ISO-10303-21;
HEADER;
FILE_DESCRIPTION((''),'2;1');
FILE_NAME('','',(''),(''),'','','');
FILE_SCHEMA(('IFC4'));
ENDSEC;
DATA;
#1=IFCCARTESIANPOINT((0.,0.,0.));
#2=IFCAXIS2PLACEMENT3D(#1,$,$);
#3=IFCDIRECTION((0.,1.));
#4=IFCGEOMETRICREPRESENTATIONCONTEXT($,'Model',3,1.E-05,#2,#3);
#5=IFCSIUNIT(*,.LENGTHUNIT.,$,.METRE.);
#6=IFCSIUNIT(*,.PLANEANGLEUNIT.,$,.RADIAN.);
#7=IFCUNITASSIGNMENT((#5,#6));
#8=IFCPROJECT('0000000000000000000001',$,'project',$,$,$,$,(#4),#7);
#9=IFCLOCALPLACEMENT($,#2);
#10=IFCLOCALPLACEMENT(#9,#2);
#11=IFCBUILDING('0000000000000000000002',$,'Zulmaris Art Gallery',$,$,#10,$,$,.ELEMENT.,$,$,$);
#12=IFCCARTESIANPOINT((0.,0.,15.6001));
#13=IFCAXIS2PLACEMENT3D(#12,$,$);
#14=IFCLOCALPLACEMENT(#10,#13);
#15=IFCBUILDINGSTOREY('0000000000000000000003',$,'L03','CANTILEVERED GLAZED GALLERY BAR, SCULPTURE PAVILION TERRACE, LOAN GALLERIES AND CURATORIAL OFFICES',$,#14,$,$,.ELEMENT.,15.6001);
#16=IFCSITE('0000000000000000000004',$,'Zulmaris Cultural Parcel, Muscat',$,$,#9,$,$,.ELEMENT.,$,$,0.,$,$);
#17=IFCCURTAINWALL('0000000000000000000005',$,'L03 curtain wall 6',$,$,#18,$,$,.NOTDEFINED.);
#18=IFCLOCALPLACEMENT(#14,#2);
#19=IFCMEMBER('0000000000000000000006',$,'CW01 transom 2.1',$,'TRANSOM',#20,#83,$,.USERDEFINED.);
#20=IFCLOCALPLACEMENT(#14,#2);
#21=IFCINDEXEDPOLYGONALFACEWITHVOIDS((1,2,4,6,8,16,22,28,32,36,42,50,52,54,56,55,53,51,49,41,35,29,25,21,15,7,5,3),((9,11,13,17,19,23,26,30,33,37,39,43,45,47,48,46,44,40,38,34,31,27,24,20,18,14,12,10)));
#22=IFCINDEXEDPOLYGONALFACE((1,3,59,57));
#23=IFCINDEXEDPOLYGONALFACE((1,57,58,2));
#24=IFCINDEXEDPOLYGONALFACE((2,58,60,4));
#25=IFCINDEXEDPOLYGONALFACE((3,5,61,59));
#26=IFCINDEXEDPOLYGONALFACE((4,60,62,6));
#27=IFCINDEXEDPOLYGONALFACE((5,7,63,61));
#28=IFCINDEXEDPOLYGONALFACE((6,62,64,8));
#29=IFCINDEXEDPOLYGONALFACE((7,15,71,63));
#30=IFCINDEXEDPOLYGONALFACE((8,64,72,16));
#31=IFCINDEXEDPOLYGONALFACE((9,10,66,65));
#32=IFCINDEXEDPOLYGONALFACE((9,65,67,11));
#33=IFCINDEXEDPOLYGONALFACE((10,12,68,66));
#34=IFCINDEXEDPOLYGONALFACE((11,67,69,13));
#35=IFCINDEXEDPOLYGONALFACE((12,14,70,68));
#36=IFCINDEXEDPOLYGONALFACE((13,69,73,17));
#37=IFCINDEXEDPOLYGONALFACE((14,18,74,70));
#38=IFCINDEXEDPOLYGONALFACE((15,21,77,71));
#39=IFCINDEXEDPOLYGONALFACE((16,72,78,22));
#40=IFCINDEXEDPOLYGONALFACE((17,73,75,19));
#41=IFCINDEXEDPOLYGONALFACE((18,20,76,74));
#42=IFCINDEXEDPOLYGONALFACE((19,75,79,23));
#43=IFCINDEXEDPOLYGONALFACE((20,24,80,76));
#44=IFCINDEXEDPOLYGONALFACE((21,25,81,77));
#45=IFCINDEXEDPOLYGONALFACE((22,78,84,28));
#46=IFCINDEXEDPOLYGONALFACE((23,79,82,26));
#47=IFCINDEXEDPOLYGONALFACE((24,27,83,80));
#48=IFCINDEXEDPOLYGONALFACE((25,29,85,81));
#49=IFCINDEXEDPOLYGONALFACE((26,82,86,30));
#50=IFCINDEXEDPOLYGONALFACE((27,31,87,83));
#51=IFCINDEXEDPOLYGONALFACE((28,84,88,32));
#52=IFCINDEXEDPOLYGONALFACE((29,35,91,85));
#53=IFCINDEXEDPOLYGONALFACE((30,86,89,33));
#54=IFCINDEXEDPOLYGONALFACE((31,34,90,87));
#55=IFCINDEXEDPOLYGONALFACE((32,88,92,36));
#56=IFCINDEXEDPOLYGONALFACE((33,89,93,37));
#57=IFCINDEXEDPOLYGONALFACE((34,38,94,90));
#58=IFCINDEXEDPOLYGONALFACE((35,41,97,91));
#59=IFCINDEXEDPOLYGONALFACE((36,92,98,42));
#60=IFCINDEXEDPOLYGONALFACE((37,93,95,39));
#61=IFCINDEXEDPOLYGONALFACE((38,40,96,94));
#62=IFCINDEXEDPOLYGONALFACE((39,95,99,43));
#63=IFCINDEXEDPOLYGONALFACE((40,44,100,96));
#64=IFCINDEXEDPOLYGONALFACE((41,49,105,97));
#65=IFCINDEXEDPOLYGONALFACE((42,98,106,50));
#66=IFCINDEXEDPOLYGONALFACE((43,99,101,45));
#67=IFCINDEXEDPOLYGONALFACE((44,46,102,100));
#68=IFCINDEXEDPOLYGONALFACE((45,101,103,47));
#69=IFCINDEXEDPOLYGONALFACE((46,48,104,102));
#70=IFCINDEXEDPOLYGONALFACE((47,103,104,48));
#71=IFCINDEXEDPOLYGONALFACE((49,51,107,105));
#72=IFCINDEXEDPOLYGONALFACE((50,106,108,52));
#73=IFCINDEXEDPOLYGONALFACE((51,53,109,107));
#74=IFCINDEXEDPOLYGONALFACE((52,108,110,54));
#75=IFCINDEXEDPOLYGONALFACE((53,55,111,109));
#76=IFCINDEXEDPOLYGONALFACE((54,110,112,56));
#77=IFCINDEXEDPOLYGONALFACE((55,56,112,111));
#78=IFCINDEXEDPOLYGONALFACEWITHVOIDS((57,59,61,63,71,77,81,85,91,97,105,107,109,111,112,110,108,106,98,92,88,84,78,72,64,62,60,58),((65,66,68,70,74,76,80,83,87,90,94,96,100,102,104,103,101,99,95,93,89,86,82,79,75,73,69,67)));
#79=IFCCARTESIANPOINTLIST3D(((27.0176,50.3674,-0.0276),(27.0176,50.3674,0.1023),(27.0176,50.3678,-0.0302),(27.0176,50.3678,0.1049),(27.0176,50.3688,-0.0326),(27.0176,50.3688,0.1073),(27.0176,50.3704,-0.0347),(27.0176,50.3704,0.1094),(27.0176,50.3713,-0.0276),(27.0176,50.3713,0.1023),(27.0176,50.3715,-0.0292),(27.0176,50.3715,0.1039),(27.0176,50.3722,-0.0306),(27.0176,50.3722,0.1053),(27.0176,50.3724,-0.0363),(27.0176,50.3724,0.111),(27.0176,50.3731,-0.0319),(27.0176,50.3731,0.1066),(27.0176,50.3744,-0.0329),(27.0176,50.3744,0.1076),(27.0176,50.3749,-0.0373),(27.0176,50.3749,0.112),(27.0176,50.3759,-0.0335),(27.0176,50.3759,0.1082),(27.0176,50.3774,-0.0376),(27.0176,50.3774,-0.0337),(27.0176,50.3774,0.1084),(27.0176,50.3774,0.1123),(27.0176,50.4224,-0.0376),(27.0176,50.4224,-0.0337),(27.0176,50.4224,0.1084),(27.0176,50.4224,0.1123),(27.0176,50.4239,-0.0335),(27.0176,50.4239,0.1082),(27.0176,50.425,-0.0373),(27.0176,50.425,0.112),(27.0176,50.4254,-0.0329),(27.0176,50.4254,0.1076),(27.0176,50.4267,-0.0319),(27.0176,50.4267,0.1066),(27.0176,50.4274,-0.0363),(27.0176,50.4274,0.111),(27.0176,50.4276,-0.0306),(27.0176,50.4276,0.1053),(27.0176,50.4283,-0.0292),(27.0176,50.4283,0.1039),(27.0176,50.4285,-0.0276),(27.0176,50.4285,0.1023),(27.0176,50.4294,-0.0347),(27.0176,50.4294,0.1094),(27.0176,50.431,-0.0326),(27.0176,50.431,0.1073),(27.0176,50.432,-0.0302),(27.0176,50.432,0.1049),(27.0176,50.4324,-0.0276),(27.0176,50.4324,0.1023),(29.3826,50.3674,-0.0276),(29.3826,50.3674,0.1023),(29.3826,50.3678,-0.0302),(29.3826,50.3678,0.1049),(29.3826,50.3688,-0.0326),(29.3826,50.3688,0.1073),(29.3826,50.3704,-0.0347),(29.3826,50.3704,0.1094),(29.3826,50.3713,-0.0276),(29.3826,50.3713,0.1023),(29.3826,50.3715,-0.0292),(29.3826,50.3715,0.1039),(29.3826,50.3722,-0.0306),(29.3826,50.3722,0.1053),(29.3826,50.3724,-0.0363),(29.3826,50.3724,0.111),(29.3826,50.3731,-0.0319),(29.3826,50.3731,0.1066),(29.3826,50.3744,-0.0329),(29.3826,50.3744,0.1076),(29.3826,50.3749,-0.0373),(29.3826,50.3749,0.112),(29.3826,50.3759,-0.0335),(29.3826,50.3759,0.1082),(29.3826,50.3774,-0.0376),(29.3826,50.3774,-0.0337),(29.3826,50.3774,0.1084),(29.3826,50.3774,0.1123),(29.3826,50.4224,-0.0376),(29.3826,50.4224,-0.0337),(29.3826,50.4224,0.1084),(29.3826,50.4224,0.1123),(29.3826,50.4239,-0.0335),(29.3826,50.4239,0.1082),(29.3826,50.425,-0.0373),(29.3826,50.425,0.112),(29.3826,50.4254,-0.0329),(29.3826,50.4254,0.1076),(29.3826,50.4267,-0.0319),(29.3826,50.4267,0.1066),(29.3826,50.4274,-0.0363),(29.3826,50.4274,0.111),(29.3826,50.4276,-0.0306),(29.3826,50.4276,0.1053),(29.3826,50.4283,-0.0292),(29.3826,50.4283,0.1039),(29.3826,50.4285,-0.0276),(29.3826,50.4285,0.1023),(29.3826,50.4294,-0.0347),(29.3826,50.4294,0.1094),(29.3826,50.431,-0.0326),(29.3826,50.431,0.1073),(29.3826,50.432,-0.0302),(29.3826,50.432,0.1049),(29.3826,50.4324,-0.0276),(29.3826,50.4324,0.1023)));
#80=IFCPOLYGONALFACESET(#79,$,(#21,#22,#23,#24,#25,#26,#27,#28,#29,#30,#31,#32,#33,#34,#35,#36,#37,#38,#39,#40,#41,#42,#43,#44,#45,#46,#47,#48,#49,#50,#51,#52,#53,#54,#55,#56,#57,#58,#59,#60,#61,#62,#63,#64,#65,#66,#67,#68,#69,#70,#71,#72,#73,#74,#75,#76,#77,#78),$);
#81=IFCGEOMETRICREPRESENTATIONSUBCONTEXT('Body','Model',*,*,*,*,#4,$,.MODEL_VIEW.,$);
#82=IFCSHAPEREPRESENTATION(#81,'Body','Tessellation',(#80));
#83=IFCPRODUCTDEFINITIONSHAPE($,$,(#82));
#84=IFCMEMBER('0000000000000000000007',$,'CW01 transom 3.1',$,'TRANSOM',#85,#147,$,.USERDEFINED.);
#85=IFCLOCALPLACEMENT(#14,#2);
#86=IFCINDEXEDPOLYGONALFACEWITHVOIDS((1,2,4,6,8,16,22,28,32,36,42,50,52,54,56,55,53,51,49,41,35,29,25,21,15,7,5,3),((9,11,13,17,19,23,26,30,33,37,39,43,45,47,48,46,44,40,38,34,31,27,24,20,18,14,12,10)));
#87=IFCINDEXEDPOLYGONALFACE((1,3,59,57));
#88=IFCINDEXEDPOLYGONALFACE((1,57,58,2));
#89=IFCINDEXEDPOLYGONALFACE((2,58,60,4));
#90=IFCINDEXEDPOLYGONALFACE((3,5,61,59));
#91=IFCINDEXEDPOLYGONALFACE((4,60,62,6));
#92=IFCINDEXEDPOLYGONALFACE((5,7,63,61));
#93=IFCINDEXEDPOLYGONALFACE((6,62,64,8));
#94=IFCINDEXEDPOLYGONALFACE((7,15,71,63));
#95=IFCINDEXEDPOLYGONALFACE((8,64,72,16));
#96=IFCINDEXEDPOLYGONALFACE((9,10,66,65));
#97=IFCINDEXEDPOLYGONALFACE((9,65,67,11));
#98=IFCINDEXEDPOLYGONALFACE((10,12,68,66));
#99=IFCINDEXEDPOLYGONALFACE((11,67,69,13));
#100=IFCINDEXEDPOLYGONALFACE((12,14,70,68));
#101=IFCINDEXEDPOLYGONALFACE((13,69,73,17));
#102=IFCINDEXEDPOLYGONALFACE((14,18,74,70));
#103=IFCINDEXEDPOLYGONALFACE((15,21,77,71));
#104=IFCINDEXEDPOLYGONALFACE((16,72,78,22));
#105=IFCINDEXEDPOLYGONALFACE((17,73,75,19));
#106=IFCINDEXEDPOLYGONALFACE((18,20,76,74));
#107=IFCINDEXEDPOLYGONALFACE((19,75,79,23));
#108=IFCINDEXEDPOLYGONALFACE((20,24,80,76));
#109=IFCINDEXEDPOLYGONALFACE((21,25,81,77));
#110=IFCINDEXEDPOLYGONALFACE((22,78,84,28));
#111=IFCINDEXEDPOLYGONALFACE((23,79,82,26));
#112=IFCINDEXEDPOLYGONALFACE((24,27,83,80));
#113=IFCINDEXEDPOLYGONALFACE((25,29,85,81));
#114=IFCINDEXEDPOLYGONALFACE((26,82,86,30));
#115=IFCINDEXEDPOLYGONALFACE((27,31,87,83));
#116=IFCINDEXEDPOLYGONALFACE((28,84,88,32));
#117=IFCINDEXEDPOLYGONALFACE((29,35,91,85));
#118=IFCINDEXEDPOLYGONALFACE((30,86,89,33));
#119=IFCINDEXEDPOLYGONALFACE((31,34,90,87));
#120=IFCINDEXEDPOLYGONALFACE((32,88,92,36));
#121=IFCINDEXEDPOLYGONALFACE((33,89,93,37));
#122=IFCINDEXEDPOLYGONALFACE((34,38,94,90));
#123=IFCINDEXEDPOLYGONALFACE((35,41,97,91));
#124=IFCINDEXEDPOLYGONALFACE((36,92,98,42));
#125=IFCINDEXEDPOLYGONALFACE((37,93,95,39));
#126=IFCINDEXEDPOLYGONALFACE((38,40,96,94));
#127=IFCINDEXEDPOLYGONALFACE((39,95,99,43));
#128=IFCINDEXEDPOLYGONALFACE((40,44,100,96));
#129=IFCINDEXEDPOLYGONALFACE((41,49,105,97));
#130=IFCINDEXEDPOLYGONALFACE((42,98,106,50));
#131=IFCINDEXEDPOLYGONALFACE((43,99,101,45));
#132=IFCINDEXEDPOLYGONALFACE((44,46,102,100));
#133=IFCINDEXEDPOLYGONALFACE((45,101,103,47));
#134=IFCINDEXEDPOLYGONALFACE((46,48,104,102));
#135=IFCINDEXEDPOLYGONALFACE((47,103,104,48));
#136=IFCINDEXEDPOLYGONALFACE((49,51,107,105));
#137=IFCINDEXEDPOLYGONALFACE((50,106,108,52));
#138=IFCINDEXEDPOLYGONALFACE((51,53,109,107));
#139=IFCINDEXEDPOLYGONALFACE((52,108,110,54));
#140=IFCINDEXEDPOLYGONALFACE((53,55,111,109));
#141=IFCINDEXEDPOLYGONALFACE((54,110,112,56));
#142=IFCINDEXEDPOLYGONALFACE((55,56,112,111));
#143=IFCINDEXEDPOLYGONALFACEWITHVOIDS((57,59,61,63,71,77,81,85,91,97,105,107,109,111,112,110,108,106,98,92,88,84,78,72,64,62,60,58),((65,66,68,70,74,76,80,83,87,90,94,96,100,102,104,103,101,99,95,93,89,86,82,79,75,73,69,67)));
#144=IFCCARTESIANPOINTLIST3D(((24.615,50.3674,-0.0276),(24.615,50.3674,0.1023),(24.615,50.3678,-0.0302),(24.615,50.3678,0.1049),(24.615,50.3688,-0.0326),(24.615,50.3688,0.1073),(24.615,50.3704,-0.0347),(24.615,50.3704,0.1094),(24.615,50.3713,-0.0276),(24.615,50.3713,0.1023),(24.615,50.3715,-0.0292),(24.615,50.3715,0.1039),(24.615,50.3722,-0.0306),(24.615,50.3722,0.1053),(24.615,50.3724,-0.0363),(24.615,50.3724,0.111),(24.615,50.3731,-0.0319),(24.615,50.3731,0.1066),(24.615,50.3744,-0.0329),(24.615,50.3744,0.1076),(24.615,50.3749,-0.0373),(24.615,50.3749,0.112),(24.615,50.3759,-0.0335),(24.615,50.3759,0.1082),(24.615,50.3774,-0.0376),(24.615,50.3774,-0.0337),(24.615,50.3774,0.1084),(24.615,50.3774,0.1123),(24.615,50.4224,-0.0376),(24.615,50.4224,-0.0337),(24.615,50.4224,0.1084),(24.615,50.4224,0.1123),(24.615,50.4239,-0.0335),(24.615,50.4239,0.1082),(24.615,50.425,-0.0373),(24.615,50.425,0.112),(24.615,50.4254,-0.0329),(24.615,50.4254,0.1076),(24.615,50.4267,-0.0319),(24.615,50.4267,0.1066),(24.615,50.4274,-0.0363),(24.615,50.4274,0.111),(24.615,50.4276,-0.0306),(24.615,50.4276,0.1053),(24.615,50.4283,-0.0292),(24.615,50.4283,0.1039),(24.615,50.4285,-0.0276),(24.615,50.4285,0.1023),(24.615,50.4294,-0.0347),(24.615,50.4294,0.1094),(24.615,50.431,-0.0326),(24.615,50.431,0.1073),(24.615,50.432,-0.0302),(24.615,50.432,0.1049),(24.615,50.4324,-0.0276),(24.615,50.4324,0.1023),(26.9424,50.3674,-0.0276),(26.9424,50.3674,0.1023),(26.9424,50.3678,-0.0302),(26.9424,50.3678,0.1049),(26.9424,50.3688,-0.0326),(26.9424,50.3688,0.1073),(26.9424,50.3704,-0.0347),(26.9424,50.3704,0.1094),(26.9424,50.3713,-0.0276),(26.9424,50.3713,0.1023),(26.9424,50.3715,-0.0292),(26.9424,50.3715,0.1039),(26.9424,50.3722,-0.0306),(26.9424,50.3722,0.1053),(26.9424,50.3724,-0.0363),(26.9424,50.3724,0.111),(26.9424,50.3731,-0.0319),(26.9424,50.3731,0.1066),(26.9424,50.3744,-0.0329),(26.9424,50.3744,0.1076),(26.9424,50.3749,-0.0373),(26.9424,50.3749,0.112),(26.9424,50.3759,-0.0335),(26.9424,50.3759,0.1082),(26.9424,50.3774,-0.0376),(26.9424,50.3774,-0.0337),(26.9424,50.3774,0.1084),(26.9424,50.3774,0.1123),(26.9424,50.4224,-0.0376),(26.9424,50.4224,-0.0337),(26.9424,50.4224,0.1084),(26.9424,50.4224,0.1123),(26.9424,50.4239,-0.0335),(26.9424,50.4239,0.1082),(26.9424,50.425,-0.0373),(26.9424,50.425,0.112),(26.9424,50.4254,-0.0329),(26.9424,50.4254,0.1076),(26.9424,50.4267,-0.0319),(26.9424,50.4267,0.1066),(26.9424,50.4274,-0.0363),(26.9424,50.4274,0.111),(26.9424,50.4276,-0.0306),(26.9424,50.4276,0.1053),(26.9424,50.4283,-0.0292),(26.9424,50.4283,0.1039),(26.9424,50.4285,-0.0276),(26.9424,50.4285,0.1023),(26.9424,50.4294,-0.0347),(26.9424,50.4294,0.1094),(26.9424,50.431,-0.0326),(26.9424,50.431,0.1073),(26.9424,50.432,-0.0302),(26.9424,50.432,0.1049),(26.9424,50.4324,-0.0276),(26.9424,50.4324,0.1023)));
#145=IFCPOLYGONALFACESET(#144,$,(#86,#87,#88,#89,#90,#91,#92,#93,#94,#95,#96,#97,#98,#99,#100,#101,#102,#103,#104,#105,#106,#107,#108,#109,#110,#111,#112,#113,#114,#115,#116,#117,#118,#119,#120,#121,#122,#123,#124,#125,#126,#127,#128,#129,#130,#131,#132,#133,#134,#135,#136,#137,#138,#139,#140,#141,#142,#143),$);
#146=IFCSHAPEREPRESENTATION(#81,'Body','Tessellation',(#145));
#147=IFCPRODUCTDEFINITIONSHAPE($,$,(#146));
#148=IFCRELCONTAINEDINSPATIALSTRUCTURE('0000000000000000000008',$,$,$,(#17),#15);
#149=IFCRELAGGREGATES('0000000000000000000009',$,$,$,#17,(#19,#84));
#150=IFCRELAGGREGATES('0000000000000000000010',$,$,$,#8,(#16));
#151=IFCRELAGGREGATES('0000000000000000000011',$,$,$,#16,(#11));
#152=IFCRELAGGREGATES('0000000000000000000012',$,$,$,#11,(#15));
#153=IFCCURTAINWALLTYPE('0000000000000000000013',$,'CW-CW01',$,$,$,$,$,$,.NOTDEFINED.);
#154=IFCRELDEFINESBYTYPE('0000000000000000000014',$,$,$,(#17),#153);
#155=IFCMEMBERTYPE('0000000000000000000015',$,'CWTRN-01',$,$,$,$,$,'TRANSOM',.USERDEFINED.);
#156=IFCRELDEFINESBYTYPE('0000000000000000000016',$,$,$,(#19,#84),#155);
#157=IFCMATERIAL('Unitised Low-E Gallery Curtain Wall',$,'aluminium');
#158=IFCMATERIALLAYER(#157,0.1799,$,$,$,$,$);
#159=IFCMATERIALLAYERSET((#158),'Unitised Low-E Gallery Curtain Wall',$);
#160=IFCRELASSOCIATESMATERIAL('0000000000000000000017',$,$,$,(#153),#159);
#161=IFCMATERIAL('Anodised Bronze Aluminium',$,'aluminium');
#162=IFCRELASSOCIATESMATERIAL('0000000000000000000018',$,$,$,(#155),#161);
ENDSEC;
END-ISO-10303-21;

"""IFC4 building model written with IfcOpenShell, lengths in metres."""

from ifc_helpers import new_model, si_unit, direction, frame, origin, origin_2d, place, context, subcontext, project, spatial, hollow_rectangle, extrude, material, layer, layer_set, material_profile, profile_set, type_object, element, aggregate, save


model = new_model("IFC4")

# Units and contexts
model_context = context("Model", 3, precision=1e-05, world=origin(), true_north=direction((0.0, 1.0)))
body_context = subcontext(model_context, "Body", "Model", "MODEL_VIEW")
ifc_project = project(units=[si_unit("LENGTHUNIT", "METRE"), si_unit("PLANEANGLEUNIT", "RADIAN")], contexts=[model_context])

# Site, building, storey
site_placement = place(None, origin())
site = spatial("IfcSite", under=ifc_project, at=site_placement, Name="Zulmaris Cultural Parcel, Muscat", CompositionType="ELEMENT", RefElevation=0.0)
building_placement = place(site_placement, origin())
building = spatial("IfcBuilding", under=site, at=building_placement, Name="Zulmaris Art Gallery", CompositionType="ELEMENT")
storey_placement = place(building_placement, frame((0.0, 0.0, 15.6001)))
storey = spatial("IfcBuildingStorey", under=building, at=storey_placement, Name="L03", Description="CANTILEVERED GLAZED GALLERY BAR, SCULPTURE PAVILION TERRACE, LOAN GALLERIES AND CURATORIAL OFFICES", CompositionType="ELEMENT", Elevation=15.6001)

# Curtain wall
ifc_material_1 = material(Name="Unitised Low-E Gallery Curtain Wall", Category="aluminium")
ifc_layer_1 = layer(ifc_material_1, 0.1799)
ifc_layer_set_1 = layer_set([ifc_layer_1], Name="Unitised Low-E Gallery Curtain Wall")
curtain_wall_type = type_object("IfcCurtainWallType", Name="CW-CW01", PredefinedType="NOTDEFINED", material=ifc_layer_set_1)
ifc_material_2 = material(Name="Anodised Bronze Aluminium", Category="aluminium")
curtain_wall_1_placement = place(storey_placement, origin())
curtain_wall_1 = element("IfcCurtainWall", 1, at=curtain_wall_1_placement, inside=storey, type_object=curtain_wall_type, Name="L03 curtain wall 6", PredefinedType="NOTDEFINED")

# Members
ifc_material_profile_1 = material_profile(ifc_material_2, hollow_rectangle(XDim=0.0649, YDim=0.1499, WallThickness=0.0039, InnerFilletRadius=0.0061, OuterFilletRadius=0.01, at=origin_2d()), Name="ALU 65x150x4")
ifc_profile_set_1 = profile_set([ifc_material_profile_1], Name="Anodised Bronze Aluminium")
member_type_1 = type_object("IfcMemberType", Name="CWTRN-01", ElementType="TRANSOM", PredefinedType="USERDEFINED", material=ifc_profile_set_1)
member_1_placement = place(storey_placement, frame((29.3826, 50.3999, 0.0374), z_axis=(-1.0, 0.0, 0.0), x_axis=(0.0, -1.0, 0.0)))
member_1 = element("IfcMember", 2, at=member_1_placement, type_object=member_type_1, Name="CW01 transom 2.1", ObjectType="TRANSOM", PredefinedType="USERDEFINED", context=body_context, shape_type="SweptSolid", body=[
    extrude(hollow_rectangle(XDim=0.0649, YDim=0.1499, WallThickness=0.0039, InnerFilletRadius=0.0061, OuterFilletRadius=0.01, at=origin_2d()), origin(), (0.0, 0.0, 1.0), 2.365),
])
member_2_placement = place(storey_placement, frame((26.9424, 50.3999, 0.0374), z_axis=(-1.0, 0.0, 0.0), x_axis=(0.0, -1.0, 0.0)))
member_2 = element("IfcMember", 3, at=member_2_placement, type_object=member_type_1, Name="CW01 transom 3.1", ObjectType="TRANSOM", PredefinedType="USERDEFINED", context=body_context, shape_type="SweptSolid", body=[
    extrude(hollow_rectangle(XDim=0.0649, YDim=0.1499, WallThickness=0.0039, InnerFilletRadius=0.0061, OuterFilletRadius=0.01, at=origin_2d()), origin(), (0.0, 0.0, 1.0), 2.3274),
])

aggregate(curtain_wall_1, [member_1, member_2])

save(model, "model.ifc")
